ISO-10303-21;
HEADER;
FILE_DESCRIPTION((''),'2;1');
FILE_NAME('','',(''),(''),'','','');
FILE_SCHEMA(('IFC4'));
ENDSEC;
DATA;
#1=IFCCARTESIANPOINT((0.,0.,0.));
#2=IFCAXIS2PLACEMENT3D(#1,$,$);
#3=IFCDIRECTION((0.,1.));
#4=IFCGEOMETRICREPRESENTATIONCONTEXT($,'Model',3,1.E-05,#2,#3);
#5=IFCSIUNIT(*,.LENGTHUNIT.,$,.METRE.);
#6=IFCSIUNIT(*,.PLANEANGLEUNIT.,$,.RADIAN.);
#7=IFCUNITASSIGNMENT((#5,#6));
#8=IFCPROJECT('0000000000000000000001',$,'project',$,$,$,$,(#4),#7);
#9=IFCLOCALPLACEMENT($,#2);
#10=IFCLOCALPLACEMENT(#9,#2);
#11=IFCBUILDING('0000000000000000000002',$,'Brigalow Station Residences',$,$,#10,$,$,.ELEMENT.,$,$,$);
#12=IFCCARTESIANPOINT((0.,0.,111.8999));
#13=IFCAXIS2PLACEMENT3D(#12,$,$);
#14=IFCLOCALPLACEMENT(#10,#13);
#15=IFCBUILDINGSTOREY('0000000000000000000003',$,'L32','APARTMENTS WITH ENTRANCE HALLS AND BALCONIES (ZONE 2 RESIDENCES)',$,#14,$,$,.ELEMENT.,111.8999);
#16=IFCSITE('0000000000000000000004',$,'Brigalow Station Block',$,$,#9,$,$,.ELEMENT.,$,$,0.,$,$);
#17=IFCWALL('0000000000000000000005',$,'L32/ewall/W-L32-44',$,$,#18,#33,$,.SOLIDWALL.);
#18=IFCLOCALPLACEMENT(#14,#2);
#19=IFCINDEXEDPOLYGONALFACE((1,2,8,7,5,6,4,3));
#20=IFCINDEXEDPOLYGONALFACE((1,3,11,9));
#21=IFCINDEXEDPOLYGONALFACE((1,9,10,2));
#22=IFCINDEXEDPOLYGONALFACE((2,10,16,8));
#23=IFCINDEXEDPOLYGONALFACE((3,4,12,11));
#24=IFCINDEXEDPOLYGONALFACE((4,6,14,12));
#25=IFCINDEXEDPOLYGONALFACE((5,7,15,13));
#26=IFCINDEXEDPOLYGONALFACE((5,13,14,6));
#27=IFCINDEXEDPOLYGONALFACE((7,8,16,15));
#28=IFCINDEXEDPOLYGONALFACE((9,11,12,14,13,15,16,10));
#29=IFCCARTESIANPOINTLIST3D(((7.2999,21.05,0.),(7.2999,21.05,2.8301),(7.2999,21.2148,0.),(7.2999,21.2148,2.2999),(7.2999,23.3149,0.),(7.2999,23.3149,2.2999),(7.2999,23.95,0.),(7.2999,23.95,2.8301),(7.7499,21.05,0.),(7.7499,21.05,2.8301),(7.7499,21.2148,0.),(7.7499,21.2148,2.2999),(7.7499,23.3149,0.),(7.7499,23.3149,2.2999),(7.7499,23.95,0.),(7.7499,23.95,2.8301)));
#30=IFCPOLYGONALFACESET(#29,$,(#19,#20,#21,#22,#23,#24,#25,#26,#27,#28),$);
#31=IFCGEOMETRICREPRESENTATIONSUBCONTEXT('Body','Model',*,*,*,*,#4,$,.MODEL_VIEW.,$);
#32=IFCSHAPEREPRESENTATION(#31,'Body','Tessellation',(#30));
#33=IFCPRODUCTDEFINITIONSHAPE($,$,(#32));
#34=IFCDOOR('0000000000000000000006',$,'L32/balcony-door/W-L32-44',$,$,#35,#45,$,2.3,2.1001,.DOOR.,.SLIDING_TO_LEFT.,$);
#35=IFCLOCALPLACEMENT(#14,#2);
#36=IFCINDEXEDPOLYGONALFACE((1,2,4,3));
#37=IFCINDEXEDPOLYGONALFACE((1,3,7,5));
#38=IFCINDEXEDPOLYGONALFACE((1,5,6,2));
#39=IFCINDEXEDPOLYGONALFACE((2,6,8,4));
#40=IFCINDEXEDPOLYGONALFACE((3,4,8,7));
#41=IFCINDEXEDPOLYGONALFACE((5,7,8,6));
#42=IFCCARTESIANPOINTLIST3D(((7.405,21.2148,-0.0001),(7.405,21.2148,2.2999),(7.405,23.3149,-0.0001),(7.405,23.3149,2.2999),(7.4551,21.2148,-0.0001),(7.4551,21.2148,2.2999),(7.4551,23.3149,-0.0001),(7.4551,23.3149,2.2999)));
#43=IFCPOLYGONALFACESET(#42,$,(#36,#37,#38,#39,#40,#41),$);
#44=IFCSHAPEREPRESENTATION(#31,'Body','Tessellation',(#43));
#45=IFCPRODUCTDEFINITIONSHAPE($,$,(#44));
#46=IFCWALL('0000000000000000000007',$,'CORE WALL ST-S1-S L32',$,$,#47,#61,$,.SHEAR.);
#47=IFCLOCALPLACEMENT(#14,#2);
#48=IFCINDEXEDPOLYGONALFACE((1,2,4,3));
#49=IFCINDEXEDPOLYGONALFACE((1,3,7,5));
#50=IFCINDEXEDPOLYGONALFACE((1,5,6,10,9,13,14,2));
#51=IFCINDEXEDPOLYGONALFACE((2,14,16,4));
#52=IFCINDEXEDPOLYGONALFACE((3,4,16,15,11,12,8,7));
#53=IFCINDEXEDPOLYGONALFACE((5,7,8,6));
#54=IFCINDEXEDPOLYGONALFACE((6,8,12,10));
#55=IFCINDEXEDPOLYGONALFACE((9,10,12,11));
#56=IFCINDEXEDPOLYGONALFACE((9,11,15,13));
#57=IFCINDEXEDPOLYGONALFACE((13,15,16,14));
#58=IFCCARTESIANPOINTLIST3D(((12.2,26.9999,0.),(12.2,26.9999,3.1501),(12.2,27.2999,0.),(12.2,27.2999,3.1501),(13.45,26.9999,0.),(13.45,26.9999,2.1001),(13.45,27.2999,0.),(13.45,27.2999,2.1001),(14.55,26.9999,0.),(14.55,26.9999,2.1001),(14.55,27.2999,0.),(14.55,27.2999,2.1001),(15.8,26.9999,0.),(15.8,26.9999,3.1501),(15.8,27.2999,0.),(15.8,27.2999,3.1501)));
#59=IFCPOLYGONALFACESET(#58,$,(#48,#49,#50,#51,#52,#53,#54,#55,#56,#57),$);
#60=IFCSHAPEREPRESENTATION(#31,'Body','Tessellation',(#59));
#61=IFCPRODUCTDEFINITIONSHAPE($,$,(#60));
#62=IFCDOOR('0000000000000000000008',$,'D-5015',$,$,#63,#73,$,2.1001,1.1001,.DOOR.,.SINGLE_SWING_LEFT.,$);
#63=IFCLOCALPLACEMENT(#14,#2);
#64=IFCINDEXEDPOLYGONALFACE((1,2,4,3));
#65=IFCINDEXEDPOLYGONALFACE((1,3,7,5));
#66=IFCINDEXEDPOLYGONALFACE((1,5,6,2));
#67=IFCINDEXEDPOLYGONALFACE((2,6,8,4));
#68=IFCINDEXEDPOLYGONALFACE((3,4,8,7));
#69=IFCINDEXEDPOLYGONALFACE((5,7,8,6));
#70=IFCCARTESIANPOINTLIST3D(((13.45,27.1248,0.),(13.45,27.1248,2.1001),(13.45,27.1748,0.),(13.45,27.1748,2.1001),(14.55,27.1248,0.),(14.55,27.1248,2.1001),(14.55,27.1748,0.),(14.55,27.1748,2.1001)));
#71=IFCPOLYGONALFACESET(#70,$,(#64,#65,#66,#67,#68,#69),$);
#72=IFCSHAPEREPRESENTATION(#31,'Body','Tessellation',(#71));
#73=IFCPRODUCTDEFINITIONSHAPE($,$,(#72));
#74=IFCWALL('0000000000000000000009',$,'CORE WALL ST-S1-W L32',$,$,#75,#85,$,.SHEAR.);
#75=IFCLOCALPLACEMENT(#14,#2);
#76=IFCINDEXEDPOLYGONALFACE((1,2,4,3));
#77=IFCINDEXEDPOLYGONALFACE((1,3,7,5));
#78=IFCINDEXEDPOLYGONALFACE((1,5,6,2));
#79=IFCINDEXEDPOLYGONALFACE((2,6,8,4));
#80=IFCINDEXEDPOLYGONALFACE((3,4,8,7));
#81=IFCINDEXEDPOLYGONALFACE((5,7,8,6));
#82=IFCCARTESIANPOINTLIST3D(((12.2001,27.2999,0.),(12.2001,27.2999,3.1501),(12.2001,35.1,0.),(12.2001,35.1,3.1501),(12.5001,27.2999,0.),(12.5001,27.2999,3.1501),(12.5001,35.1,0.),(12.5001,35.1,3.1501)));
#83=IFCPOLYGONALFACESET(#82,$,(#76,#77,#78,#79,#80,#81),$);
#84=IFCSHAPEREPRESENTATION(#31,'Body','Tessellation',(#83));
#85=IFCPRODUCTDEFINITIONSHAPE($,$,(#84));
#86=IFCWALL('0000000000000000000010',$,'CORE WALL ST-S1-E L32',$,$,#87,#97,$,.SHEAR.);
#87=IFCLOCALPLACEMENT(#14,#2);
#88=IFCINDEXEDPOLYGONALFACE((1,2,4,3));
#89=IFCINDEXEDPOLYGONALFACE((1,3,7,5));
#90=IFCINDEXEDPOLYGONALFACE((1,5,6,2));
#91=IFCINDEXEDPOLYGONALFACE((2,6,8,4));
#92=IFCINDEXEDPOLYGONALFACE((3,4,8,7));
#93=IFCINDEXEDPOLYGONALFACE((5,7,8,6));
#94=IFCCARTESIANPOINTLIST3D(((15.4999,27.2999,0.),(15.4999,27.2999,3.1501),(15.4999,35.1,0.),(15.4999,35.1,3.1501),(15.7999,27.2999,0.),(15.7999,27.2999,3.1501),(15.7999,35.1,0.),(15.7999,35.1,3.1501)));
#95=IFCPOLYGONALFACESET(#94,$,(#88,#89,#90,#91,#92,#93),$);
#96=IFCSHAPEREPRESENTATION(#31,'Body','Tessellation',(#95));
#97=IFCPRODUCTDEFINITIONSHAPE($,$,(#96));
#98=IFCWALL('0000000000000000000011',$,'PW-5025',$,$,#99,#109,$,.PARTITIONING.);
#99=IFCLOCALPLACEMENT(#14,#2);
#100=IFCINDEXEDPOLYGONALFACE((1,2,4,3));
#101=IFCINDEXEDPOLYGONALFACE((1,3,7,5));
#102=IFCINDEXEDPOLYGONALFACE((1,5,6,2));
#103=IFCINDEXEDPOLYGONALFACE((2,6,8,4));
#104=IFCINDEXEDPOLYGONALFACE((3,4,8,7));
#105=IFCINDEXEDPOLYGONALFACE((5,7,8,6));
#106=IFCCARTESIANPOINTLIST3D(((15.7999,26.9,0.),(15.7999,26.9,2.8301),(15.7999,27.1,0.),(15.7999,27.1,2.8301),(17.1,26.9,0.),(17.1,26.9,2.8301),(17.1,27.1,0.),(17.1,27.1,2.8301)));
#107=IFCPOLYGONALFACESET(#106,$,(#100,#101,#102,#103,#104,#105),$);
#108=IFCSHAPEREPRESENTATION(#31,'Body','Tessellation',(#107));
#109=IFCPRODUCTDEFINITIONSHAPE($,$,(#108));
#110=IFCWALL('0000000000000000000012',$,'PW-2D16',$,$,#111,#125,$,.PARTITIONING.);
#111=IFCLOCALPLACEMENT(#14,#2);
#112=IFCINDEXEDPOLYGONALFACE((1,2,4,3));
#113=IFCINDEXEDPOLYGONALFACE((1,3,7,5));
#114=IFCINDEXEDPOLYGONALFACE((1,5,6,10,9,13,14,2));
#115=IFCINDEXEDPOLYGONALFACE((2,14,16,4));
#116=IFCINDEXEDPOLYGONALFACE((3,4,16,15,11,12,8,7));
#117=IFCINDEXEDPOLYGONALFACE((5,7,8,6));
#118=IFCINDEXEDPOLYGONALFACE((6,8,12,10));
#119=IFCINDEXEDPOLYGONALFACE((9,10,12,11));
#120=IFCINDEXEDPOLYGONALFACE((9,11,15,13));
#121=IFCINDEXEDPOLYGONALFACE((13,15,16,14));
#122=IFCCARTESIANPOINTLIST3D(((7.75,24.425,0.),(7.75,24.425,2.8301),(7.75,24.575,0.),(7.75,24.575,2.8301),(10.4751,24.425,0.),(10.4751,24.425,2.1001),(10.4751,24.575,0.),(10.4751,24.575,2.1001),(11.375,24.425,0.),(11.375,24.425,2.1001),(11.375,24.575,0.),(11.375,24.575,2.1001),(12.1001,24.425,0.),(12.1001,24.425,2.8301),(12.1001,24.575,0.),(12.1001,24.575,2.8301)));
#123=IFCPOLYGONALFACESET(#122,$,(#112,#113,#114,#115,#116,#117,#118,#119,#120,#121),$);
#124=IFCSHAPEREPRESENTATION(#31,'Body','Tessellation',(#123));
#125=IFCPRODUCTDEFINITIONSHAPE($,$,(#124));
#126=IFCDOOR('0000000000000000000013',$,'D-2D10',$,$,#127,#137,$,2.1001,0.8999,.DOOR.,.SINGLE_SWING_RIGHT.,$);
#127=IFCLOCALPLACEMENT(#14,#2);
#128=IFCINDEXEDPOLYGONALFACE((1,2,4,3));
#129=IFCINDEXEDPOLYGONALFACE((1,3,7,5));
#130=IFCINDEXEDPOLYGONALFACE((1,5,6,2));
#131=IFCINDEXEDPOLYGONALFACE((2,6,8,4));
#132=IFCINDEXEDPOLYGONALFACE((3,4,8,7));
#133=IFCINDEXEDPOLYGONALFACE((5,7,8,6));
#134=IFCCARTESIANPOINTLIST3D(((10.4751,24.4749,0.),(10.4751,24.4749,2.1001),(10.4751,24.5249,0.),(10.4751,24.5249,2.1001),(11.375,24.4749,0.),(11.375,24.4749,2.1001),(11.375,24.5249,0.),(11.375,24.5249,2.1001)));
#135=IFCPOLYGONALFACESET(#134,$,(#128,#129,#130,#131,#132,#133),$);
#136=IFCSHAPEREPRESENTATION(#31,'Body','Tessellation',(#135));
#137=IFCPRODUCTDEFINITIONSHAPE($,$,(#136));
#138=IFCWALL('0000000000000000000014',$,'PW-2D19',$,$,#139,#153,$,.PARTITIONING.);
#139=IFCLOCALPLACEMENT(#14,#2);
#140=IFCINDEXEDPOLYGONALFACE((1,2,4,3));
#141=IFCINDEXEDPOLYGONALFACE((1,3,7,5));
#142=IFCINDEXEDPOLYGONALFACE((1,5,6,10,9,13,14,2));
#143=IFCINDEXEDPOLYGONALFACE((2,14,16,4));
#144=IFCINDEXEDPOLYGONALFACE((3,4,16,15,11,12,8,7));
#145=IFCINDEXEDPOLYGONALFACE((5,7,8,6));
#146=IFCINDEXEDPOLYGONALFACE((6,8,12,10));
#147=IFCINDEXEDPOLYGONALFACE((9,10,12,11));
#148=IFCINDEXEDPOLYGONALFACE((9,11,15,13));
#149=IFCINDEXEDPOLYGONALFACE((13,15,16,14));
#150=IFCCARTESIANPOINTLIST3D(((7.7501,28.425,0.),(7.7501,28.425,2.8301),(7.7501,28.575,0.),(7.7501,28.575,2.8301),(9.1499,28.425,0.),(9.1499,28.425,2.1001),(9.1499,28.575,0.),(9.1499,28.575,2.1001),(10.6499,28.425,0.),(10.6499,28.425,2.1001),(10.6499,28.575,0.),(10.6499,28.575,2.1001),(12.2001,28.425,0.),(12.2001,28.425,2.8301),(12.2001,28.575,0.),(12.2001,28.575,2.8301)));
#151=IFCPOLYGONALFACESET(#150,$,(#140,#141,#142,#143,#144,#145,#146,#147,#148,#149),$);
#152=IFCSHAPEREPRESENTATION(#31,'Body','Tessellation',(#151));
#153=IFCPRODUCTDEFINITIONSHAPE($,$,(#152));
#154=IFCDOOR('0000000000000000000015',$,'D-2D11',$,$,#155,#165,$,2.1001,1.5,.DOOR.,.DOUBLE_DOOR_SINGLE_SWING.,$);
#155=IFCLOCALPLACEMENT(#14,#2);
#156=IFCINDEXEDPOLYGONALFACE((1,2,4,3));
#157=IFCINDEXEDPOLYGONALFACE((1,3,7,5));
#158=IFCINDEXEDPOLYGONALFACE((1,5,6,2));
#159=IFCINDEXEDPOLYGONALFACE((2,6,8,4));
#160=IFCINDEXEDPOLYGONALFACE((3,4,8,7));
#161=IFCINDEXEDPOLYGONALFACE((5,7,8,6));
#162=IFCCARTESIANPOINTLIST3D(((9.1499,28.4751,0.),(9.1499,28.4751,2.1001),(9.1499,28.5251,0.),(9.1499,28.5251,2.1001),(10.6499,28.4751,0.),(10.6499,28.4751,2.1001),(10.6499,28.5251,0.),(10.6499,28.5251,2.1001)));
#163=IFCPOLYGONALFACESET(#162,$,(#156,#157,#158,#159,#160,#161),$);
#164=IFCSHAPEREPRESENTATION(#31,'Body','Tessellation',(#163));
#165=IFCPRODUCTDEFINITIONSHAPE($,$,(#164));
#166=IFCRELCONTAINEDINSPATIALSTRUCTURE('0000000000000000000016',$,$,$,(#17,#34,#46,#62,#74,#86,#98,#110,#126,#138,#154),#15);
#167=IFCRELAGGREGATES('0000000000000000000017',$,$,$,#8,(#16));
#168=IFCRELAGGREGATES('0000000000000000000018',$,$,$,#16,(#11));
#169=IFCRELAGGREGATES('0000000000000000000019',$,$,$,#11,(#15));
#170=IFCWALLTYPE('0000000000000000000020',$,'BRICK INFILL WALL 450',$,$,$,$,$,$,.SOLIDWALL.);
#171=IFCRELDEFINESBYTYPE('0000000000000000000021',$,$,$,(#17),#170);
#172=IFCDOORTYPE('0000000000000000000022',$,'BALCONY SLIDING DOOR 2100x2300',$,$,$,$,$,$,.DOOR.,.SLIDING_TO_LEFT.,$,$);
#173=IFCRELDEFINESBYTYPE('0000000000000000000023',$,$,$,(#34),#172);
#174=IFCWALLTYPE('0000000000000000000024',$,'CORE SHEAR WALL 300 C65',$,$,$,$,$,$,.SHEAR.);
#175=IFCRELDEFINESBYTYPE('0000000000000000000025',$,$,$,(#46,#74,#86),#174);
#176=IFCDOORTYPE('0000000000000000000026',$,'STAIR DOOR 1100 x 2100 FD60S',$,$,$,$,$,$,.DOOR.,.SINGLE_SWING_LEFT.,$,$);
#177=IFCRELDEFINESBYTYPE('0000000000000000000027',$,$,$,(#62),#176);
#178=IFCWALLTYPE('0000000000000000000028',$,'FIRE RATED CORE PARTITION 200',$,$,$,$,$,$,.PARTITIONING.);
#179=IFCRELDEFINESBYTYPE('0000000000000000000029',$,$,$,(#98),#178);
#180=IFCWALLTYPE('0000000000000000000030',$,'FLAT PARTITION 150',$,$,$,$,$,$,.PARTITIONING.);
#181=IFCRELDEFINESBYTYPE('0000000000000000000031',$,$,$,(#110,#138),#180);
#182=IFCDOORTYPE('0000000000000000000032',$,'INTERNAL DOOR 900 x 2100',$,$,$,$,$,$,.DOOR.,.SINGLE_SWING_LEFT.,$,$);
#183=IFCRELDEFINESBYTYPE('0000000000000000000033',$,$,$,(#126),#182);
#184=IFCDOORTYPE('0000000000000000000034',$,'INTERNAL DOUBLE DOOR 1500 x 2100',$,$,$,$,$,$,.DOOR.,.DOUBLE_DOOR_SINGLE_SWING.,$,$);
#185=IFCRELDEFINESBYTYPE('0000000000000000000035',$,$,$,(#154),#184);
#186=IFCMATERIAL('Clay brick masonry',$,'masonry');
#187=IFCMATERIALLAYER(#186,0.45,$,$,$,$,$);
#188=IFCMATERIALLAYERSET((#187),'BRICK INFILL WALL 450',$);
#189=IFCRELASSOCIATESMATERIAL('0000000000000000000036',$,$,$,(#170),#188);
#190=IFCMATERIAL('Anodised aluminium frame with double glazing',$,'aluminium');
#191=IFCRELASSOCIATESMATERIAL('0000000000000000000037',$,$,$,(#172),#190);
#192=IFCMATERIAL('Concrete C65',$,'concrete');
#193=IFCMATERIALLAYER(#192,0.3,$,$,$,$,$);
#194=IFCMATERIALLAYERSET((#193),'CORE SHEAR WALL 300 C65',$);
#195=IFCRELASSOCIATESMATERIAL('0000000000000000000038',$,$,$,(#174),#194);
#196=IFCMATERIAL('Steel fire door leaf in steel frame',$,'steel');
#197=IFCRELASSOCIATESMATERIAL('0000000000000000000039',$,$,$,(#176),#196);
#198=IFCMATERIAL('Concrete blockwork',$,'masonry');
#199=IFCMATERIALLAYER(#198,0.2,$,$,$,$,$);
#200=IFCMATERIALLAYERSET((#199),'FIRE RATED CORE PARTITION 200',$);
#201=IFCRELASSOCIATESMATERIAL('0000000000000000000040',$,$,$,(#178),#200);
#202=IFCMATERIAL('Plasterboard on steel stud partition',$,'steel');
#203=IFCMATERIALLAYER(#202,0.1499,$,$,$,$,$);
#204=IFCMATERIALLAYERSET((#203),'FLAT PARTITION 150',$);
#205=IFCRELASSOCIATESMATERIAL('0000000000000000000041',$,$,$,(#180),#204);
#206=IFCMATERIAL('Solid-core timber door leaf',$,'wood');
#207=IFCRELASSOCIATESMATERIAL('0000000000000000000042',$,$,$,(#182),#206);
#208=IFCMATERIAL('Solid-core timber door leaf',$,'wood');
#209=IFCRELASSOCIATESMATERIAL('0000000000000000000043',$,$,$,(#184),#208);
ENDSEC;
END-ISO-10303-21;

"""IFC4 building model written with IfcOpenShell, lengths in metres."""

from ifc_helpers import new_model, si_unit, direction, frame, frame_2d, origin, place, context, subcontext, project, spatial, rectangle, extrude, material, layer, layer_set, type_object, element, fill, save


model = new_model("IFC4")

# Units and contexts
model_context = context("Model", 3, precision=1e-05, world=origin(), true_north=direction((0.0, 1.0)))
body_context = subcontext(model_context, "Body", "Model", "MODEL_VIEW")
ifc_project = project(units=[si_unit("LENGTHUNIT", "METRE"), si_unit("PLANEANGLEUNIT", "RADIAN")], contexts=[model_context])

# Site, building, storey
site_placement = place(None, origin())
site = spatial("IfcSite", under=ifc_project, at=site_placement, Name="Brigalow Station Block", CompositionType="ELEMENT", RefElevation=0.0)
building_placement = place(site_placement, origin())
building = spatial("IfcBuilding", under=site, at=building_placement, Name="Brigalow Station Residences", CompositionType="ELEMENT")
storey_placement = place(building_placement, frame((0.0, 0.0, 111.8999)))
storey = spatial("IfcBuildingStorey", under=building, at=storey_placement, Name="L32", Description="APARTMENTS WITH ENTRANCE HALLS AND BALCONIES (ZONE 2 RESIDENCES)", CompositionType="ELEMENT", Elevation=111.8999)

# Shared definitions
ifc_material_1 = material(Name="Clay brick masonry", Category="masonry")
ifc_layer_1 = layer(ifc_material_1, 0.45)
ifc_layer_set_1 = layer_set([ifc_layer_1], Name="BRICK INFILL WALL 450")
wall_type_1 = type_object("IfcWallType", Name="BRICK INFILL WALL 450", PredefinedType="SOLIDWALL", material=ifc_layer_set_1)

# Walls, openings, doors
wall_1_placement = place(storey_placement, frame((7.5249, 23.95, 0.0), z_axis=(0.0, 0.0, 1.0), x_axis=(0.0, -1.0, 0.0)))
wall_1 = element("IfcWall", 1, at=wall_1_placement, inside=storey, type_object=wall_type_1, Name="L32/ewall/W-L32-44", PredefinedType="SOLIDWALL", context=body_context, shape_type="SweptSolid", body=[
    extrude(rectangle(XDim=2.8999, YDim=0.45, at=frame_2d((1.45, 0.0))), origin(), (0.0, 0.0, 1.0), 2.8301),
])
opening_1_placement = place(wall_1_placement, frame((0.635, 0.0, 0.0)))
opening_1 = element("IfcOpeningElement", 2, at=opening_1_placement, cuts=wall_1, PredefinedType="OPENING", context=body_context, shape_type="SweptSolid", body=[
    extrude(rectangle(XDim=2.1001, YDim=2.3, at=frame_2d((1.05, 1.1499))), frame((0.0, 0.2349, 0.0), z_axis=(0.0, -1.0, 0.0), x_axis=(1.0, 0.0, 0.0)), (0.0, 0.0, 1.0), 0.47),
])
ifc_material_2 = material(Name="Anodised aluminium frame with double glazing", Category="aluminium")
door_type_1 = type_object("IfcDoorType", Name="BALCONY SLIDING DOOR 2100x2300", OperationType="SLIDING_TO_LEFT", PredefinedType="DOOR", material=ifc_material_2)
door_1_placement = place(opening_1_placement, origin())
door_1 = element("IfcDoor", 3, at=door_1_placement, inside=storey, type_object=door_type_1, Name="L32/balcony-door/W-L32-44", OperationType="SLIDING_TO_LEFT", OverallHeight=2.3, OverallWidth=2.1001, PredefinedType="DOOR", context=body_context, shape_type="SweptSolid", body=[
    extrude(rectangle(XDim=2.1001, YDim=2.3, at=frame_2d((1.05, 1.1499))), frame((0.0, -0.0698, 0.0), z_axis=(0.0, -1.0, 0.0), x_axis=(1.0, 0.0, 0.0)), (0.0, 0.0, 1.0), 0.05),
])
fill(opening_1, door_1)
ifc_material_3 = material(Name="Concrete C65", Category="concrete")
ifc_layer_2 = layer(ifc_material_3, 0.3)
ifc_layer_set_2 = layer_set([ifc_layer_2], Name="CORE SHEAR WALL 300 C65")
wall_type_2 = type_object("IfcWallType", Name="CORE SHEAR WALL 300 C65", PredefinedType="SHEAR", material=ifc_layer_set_2)
wall_2_placement = place(storey_placement, frame((12.2, 27.1499, 0.0), z_axis=(0.0, 0.0, 1.0), x_axis=(1.0, 0.0, 0.0)))
wall_2 = element("IfcWall", 4, at=wall_2_placement, inside=storey, type_object=wall_type_2, Name="CORE WALL ST-S1-S L32", PredefinedType="SHEAR", context=body_context, shape_type="SweptSolid", body=[
    extrude(rectangle(XDim=3.6001, YDim=0.3, at=frame_2d((1.8, 0.0))), origin(), (0.0, 0.0, 1.0), 3.1501),
])
opening_2_placement = place(wall_2_placement, frame((1.25, 0.0, 0.0)))
opening_2 = element("IfcOpeningElement", 5, at=opening_2_placement, cuts=wall_2, PredefinedType="OPENING", context=body_context, shape_type="SweptSolid", body=[
    extrude(rectangle(XDim=1.1001, YDim=2.1001, at=frame_2d((0.55, 1.05))), frame((0.0, 0.1602, 0.0), z_axis=(0.0, -1.0, 0.0), x_axis=(1.0, 0.0, 0.0)), (0.0, 0.0, 1.0), 0.3201),
])
ifc_material_4 = material(Name="Steel fire door leaf in steel frame", Category="steel")
door_type_2 = type_object("IfcDoorType", Name="STAIR DOOR 1100 x 2100 FD60S", OperationType="SINGLE_SWING_LEFT", PredefinedType="DOOR", material=ifc_material_4)
door_2_placement = place(opening_2_placement, origin())
door_2 = element("IfcDoor", 6, at=door_2_placement, inside=storey, type_object=door_type_2, Name="D-5015", OperationType="SINGLE_SWING_LEFT", OverallHeight=2.1001, OverallWidth=1.1001, PredefinedType="DOOR", context=body_context, shape_type="SweptSolid", body=[
    extrude(rectangle(XDim=1.1001, YDim=2.1001, at=frame_2d((0.55, 1.05))), frame((0.0, 0.0249, 0.0), z_axis=(0.0, -1.0, 0.0), x_axis=(1.0, 0.0, 0.0)), (0.0, 0.0, 1.0), 0.05),
])
fill(opening_2, door_2)

# Walls
for number, where, z_axis, x_axis, name in (
    (7, (12.3501, 27.3, 0.0), (0.0, 0.0, 1.0), (0.0, 1.0, 0.0), "CORE WALL ST-S1-W L32"),
    (8, (15.6499, 27.3, 0.0), (0.0, 0.0, 1.0), (0.0, 1.0, 0.0), "CORE WALL ST-S1-E L32"),
):
    element("IfcWall", number, at=place(storey_placement, frame(where, z_axis=z_axis, x_axis=x_axis)), inside=storey, type_object=wall_type_2, Name=name, PredefinedType="SHEAR", context=body_context, shape_type="SweptSolid", body=[
        extrude(rectangle(XDim=7.8, YDim=0.3, at=frame_2d((3.8999, 0.0))), origin(), (0.0, 0.0, 1.0), 3.1501),
    ])
ifc_material_5 = material(Name="Concrete blockwork", Category="masonry")
ifc_layer_3 = layer(ifc_material_5, 0.2)
ifc_layer_set_3 = layer_set([ifc_layer_3], Name="FIRE RATED CORE PARTITION 200")
wall_type_3 = type_object("IfcWallType", Name="FIRE RATED CORE PARTITION 200", PredefinedType="PARTITIONING", material=ifc_layer_set_3)
wall_3_placement = place(storey_placement, frame((15.8, 27.0, 0.0), z_axis=(0.0, 0.0, 1.0), x_axis=(1.0, 0.0, 0.0)))
element("IfcWall", 9, at=wall_3_placement, inside=storey, type_object=wall_type_3, Name="PW-5025", PredefinedType="PARTITIONING", context=body_context, shape_type="SweptSolid", body=[
    extrude(rectangle(XDim=1.3, YDim=0.2, at=frame_2d((0.6499, 0.0))), origin(), (0.0, 0.0, 1.0), 2.8301),
])

# Walls, openings, doors
ifc_material_6 = material(Name="Plasterboard on steel stud partition", Category="steel")
ifc_layer_4 = layer(ifc_material_6, 0.1499)
ifc_layer_set_4 = layer_set([ifc_layer_4], Name="FLAT PARTITION 150")
wall_type_4 = type_object("IfcWallType", Name="FLAT PARTITION 150", PredefinedType="PARTITIONING", material=ifc_layer_set_4)
wall_4_placement = place(storey_placement, frame((7.75, 24.5, 0.0), z_axis=(0.0, 0.0, 1.0), x_axis=(1.0, 0.0, 0.0)))
wall_4 = element("IfcWall", 10, at=wall_4_placement, inside=storey, type_object=wall_type_4, Name="PW-2D16", PredefinedType="PARTITIONING", context=body_context, shape_type="SweptSolid", body=[
    extrude(rectangle(XDim=4.3501, YDim=0.1499, at=frame_2d((2.175, 0.0))), origin(), (0.0, 0.0, 1.0), 2.8301),
])
opening_3_placement = place(wall_4_placement, frame((2.7251, 0.0, 0.0)))
opening_3 = element("IfcOpeningElement", 11, at=opening_3_placement, cuts=wall_4, PredefinedType="OPENING", context=body_context, shape_type="SweptSolid", body=[
    extrude(rectangle(XDim=0.8999, YDim=2.1001, at=frame_2d((0.45, 1.05))), frame((0.0, 0.085, 0.0), z_axis=(0.0, -1.0, 0.0), x_axis=(1.0, 0.0, 0.0)), (0.0, 0.0, 1.0), 0.1699),
])
ifc_material_7 = material(Name="Solid-core timber door leaf", Category="wood")
door_type_3 = type_object("IfcDoorType", Name="INTERNAL DOOR 900 x 2100", OperationType="SINGLE_SWING_LEFT", PredefinedType="DOOR", material=ifc_material_7)
door_3_placement = place(opening_3_placement, origin())
door_3 = element("IfcDoor", 12, at=door_3_placement, inside=storey, type_object=door_type_3, Name="D-2D10", OperationType="SINGLE_SWING_RIGHT", OverallHeight=2.1001, OverallWidth=0.8999, PredefinedType="DOOR", context=body_context, shape_type="SweptSolid", body=[
    extrude(rectangle(XDim=0.8999, YDim=2.1001, at=frame_2d((0.45, 1.05))), frame((0.0, 0.0249, 0.0), z_axis=(0.0, -1.0, 0.0), x_axis=(1.0, 0.0, 0.0)), (0.0, 0.0, 1.0), 0.05),
])
fill(opening_3, door_3)
wall_5_placement = place(storey_placement, frame((7.75, 28.5, 0.0), z_axis=(0.0, 0.0, 1.0), x_axis=(1.0, 0.0, 0.0)))
wall_5 = element("IfcWall", 13, at=wall_5_placement, inside=storey, type_object=wall_type_4, Name="PW-2D19", PredefinedType="PARTITIONING", context=body_context, shape_type="SweptSolid", body=[
    extrude(rectangle(XDim=4.45, YDim=0.1499, at=frame_2d((2.2251, 0.0))), origin(), (0.0, 0.0, 1.0), 2.8301),
])
opening_4_placement = place(wall_5_placement, frame((1.3999, 0.0, 0.0)))
opening_4 = element("IfcOpeningElement", 14, at=opening_4_placement, cuts=wall_5, PredefinedType="OPENING", context=body_context, shape_type="SweptSolid", body=[
    extrude(rectangle(XDim=1.5, YDim=2.1001, at=frame_2d((0.75, 1.05))), frame((0.0, 0.085, 0.0), z_axis=(0.0, -1.0, 0.0), x_axis=(1.0, 0.0, 0.0)), (0.0, 0.0, 1.0), 0.1699),
])
ifc_material_8 = material(Name="Solid-core timber door leaf", Category="wood")
door_type_4 = type_object("IfcDoorType", Name="INTERNAL DOUBLE DOOR 1500 x 2100", OperationType="DOUBLE_DOOR_SINGLE_SWING", PredefinedType="DOOR", material=ifc_material_8)
door_4_placement = place(opening_4_placement, frame((1.5, 0.0, 0.0), z_axis=(0.0, 0.0, 1.0), x_axis=(-1.0, 0.0, 0.0)))
door_4 = element("IfcDoor", 15, at=door_4_placement, inside=storey, type_object=door_type_4, Name="D-2D11", OperationType="DOUBLE_DOOR_SINGLE_SWING", OverallHeight=2.1001, OverallWidth=1.5, PredefinedType="DOOR", context=body_context, shape_type="SweptSolid", body=[
    extrude(rectangle(XDim=1.5, YDim=2.1001, at=frame_2d((0.75, 1.05))), frame((0.0, 0.0249, 0.0), z_axis=(0.0, -1.0, 0.0), x_axis=(1.0, 0.0, 0.0)), (0.0, 0.0, 1.0), 0.05),
])
fill(opening_4, door_4)

save(model, "model.ifc")
